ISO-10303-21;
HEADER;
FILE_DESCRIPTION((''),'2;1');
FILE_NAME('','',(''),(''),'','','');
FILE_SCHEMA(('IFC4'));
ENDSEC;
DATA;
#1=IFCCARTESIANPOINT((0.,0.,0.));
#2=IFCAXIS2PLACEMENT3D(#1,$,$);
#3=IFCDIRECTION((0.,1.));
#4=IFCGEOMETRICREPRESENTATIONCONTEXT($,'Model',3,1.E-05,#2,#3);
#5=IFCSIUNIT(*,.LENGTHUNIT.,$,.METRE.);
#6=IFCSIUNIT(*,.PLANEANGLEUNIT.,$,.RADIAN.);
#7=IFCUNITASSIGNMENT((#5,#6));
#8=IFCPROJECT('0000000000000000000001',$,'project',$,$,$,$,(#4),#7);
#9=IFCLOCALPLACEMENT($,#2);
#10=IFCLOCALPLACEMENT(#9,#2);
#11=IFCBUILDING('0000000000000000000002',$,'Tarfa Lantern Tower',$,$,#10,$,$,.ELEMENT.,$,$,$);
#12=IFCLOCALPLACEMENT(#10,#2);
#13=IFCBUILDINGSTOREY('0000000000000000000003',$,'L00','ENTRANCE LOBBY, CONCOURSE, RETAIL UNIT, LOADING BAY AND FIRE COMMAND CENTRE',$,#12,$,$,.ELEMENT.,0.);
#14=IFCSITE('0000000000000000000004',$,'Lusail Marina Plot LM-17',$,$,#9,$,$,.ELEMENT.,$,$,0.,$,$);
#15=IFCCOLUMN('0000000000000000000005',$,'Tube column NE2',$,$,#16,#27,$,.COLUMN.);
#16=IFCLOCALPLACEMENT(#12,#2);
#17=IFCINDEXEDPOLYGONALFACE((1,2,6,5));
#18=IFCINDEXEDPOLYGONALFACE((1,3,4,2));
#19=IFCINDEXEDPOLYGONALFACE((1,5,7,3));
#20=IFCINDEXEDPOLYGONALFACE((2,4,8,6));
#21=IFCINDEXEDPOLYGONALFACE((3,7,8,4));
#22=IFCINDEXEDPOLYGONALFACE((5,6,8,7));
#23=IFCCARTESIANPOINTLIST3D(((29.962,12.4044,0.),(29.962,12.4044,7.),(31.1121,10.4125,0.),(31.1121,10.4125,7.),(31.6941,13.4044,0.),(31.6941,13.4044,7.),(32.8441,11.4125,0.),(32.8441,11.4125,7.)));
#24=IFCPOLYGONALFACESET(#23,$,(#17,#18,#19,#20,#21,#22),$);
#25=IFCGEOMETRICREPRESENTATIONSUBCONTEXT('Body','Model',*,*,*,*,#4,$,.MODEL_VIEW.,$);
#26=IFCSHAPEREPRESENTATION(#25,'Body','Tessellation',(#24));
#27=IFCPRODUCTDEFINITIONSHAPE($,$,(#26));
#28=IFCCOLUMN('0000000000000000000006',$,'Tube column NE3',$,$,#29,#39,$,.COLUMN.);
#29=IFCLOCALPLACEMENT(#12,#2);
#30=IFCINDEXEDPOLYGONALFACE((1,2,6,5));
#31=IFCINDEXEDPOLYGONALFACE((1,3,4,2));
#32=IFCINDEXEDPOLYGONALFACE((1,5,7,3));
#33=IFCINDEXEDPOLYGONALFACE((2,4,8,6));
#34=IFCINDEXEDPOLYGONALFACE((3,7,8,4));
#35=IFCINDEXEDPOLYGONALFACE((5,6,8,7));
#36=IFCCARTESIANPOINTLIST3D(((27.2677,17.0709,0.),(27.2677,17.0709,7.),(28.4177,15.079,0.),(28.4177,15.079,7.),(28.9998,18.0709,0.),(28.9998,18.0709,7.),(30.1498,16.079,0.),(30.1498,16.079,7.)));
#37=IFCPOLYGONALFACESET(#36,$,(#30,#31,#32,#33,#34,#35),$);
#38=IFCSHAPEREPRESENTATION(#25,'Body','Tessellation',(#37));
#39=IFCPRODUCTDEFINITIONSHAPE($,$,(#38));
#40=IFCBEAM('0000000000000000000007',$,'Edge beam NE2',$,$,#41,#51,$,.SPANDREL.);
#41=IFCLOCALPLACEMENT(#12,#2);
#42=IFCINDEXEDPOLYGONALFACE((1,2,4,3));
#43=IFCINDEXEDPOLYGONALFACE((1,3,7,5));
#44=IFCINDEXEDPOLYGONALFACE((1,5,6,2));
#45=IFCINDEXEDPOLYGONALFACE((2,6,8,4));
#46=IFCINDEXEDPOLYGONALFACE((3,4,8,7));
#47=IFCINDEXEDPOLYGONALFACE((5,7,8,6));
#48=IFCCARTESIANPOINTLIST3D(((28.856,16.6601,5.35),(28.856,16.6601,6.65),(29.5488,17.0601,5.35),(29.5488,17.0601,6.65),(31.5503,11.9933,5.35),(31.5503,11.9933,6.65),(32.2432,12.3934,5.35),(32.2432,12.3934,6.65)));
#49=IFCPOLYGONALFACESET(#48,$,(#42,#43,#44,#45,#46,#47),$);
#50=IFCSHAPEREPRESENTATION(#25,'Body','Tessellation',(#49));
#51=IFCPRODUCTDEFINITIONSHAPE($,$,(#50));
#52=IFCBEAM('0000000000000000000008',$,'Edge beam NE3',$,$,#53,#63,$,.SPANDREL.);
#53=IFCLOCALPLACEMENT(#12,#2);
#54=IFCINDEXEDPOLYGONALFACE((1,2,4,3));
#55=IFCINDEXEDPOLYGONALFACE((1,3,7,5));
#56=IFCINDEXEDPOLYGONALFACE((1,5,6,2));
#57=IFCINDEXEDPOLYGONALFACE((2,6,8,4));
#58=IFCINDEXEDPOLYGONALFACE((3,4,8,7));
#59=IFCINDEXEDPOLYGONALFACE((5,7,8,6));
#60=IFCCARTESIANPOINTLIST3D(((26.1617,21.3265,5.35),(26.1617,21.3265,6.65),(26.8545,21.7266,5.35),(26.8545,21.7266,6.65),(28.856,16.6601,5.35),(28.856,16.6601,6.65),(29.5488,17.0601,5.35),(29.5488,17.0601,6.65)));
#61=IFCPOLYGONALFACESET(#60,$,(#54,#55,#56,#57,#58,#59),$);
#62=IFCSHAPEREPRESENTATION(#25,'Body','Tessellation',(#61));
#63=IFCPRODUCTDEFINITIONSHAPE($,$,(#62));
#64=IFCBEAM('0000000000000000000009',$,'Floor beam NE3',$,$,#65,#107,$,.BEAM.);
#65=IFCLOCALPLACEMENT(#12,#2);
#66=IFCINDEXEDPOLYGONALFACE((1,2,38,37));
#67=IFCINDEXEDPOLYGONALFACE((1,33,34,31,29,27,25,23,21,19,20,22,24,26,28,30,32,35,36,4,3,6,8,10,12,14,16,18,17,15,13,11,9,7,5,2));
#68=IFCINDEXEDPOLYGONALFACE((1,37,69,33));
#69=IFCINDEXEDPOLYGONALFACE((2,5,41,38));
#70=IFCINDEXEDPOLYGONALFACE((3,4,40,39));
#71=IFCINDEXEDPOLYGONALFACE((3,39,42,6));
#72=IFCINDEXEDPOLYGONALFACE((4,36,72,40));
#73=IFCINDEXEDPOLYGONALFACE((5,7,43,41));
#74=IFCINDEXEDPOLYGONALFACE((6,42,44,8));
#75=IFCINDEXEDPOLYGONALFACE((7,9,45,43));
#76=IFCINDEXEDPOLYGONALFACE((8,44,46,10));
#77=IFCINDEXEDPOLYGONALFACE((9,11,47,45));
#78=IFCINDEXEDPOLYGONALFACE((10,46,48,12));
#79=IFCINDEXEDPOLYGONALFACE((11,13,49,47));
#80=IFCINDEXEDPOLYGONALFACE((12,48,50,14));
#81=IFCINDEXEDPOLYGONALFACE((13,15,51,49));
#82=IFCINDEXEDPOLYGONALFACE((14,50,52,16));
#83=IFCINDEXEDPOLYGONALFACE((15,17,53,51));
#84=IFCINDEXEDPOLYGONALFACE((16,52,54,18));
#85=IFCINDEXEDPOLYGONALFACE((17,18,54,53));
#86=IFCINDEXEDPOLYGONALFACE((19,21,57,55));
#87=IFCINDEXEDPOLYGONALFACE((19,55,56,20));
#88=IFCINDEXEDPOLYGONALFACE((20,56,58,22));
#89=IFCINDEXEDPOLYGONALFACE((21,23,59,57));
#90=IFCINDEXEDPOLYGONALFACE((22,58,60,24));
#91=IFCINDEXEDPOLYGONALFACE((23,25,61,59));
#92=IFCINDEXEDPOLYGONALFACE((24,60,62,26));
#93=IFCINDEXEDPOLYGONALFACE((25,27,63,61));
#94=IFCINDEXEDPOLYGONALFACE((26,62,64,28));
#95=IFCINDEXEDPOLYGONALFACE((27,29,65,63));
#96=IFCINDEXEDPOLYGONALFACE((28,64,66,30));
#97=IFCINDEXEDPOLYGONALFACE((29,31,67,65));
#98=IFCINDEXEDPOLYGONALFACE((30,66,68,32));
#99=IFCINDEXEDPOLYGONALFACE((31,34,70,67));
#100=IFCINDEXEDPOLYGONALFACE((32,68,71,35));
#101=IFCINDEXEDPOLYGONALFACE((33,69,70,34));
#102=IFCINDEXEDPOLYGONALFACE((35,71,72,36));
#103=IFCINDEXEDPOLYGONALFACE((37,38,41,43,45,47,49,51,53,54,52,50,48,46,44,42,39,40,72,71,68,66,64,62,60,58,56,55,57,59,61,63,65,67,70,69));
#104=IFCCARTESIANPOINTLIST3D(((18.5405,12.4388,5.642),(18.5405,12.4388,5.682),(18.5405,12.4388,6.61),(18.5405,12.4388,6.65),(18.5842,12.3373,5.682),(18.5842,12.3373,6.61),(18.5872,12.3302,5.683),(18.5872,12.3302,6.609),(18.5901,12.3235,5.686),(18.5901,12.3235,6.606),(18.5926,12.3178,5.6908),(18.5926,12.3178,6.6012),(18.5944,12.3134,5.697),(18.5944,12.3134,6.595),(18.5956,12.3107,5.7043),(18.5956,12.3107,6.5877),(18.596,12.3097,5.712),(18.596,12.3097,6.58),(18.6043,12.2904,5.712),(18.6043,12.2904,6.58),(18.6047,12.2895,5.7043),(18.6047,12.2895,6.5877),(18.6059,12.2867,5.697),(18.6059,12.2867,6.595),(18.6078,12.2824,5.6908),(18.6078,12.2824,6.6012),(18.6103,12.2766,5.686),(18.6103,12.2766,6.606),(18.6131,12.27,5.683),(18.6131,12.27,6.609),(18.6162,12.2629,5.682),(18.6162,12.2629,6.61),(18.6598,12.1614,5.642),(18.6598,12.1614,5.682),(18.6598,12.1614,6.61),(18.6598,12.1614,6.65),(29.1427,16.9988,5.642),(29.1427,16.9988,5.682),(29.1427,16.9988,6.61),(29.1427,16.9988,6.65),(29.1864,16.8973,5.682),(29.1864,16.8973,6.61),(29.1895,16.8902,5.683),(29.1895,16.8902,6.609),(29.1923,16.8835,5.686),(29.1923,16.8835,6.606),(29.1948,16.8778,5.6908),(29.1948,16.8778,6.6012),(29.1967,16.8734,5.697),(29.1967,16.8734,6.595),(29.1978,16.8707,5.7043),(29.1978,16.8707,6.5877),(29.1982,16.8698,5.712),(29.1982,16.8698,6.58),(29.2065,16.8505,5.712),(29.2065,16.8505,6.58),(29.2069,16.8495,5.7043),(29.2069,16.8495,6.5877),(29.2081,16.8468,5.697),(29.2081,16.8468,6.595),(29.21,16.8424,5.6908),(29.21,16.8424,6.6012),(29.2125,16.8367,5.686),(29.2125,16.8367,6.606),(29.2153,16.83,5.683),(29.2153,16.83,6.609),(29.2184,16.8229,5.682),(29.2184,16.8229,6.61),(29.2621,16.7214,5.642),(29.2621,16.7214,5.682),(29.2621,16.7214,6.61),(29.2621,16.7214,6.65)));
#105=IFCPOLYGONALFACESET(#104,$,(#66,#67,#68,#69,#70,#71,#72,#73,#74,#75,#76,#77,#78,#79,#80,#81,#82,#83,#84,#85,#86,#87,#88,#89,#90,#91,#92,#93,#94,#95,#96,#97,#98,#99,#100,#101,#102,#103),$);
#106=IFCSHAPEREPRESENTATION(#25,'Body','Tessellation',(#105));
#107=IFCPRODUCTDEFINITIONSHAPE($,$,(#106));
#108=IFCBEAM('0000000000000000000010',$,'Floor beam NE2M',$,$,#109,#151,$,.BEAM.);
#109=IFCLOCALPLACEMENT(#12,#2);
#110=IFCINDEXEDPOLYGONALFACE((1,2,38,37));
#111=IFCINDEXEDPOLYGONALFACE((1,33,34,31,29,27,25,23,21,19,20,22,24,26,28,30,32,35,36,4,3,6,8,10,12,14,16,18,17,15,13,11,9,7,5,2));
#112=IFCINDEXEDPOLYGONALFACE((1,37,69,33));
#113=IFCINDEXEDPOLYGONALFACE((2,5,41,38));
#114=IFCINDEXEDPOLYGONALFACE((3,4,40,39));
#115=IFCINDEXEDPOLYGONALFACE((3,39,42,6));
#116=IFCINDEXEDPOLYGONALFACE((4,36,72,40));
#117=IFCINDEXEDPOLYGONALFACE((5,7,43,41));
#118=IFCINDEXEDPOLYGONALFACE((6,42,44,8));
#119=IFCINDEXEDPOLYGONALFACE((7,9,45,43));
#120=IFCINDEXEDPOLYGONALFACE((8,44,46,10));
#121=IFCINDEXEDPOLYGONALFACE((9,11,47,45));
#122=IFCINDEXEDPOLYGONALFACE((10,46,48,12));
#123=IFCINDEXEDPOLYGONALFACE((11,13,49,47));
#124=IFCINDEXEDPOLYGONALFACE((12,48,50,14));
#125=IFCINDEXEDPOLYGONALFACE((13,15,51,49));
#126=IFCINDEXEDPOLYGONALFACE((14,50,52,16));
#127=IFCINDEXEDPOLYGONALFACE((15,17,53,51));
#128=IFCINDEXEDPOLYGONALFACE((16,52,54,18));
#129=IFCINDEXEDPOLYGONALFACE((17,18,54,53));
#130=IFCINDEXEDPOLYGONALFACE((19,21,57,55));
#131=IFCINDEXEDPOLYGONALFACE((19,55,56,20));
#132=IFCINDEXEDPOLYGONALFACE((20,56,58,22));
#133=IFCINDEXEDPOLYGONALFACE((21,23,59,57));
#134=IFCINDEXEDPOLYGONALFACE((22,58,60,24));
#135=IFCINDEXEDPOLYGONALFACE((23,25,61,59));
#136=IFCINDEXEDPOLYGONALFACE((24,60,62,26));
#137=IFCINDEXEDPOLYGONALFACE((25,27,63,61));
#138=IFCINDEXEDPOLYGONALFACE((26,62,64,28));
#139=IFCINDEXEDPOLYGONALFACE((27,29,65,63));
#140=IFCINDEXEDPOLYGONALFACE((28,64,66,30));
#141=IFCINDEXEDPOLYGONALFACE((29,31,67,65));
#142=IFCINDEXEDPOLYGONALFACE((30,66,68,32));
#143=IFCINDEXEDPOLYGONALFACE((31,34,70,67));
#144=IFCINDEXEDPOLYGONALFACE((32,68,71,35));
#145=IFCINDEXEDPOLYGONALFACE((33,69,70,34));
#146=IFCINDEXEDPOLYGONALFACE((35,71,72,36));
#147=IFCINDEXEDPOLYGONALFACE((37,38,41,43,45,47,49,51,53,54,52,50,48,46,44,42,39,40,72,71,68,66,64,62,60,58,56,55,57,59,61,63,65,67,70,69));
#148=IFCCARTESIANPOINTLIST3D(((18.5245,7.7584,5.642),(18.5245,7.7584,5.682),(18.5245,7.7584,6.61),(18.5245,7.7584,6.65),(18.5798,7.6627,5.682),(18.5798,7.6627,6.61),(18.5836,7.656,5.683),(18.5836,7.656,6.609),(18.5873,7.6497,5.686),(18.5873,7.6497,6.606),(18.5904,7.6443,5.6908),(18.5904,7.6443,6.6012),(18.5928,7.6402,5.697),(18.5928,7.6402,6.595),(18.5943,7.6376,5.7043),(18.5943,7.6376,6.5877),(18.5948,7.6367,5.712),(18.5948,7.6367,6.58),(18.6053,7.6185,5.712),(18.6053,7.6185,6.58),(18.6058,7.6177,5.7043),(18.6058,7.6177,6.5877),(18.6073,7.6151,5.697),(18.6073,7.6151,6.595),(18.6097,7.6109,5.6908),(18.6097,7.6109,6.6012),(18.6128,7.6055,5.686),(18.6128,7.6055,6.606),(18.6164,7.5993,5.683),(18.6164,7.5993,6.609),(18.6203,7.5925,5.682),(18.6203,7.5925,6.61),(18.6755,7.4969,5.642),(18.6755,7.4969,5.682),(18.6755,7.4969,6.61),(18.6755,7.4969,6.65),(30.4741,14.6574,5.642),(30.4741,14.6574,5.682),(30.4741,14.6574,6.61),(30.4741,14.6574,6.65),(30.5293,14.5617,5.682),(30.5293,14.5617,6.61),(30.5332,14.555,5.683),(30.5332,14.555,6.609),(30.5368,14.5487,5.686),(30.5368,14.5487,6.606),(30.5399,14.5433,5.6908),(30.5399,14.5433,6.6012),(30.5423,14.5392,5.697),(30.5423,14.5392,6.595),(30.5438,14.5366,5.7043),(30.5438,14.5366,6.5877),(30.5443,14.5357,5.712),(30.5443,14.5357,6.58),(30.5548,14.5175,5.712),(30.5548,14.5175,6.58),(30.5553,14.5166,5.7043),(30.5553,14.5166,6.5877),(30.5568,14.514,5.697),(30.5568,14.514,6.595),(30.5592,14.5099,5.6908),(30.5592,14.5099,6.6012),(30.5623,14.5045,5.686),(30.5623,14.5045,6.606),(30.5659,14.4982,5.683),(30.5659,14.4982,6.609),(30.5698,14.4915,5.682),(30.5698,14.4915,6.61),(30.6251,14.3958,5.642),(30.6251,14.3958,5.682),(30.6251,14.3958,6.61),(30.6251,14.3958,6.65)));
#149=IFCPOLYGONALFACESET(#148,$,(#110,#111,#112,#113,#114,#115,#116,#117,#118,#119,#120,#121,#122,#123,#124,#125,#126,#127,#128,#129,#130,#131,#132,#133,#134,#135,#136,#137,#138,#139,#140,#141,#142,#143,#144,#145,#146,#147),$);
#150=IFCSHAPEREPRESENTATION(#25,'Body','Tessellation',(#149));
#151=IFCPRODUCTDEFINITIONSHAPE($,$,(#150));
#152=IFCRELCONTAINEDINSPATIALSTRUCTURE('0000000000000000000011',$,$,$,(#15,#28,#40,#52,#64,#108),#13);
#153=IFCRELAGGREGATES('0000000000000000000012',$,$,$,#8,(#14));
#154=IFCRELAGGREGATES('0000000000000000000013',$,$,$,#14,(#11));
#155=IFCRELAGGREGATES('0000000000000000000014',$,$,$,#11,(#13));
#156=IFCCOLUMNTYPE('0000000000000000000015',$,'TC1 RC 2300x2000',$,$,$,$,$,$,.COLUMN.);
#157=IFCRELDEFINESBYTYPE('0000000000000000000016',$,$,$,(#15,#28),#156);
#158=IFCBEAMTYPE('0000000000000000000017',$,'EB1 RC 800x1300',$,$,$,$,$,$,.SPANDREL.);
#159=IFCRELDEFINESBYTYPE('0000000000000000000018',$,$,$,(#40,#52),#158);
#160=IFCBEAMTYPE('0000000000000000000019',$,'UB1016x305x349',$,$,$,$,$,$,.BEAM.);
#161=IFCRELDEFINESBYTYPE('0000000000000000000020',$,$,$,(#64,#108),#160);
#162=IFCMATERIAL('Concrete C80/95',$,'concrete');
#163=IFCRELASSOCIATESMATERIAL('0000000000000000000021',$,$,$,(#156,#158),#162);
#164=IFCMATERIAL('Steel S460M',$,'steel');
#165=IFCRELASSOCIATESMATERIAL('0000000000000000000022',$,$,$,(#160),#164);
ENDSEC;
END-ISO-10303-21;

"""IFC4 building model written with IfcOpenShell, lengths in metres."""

from ifc_helpers import new_model, si_unit, direction, frame, origin, origin_2d, place, context, subcontext, project, spatial, rectangle, i_section, extrude, material, material_profile, profile_set, type_object, element, save


model = new_model("IFC4")

# Units and contexts
model_context = context("Model", 3, precision=1e-05, world=origin(), true_north=direction((0.0, 1.0)))
body_context = subcontext(model_context, "Body", "Model", "MODEL_VIEW")
ifc_project = project(units=[si_unit("LENGTHUNIT", "METRE"), si_unit("PLANEANGLEUNIT", "RADIAN")], contexts=[model_context])

# Site, building, storey
site_placement = place(None, origin())
site = spatial("IfcSite", under=ifc_project, at=site_placement, Name="Lusail Marina Plot LM-17", CompositionType="ELEMENT", RefElevation=0.0)
building_placement = place(site_placement, origin())
building = spatial("IfcBuilding", under=site, at=building_placement, Name="Tarfa Lantern Tower", CompositionType="ELEMENT")
storey_placement = place(building_placement, origin())
storey = spatial("IfcBuildingStorey", under=building, at=storey_placement, Name="L00", Description="ENTRANCE LOBBY, CONCOURSE, RETAIL UNIT, LOADING BAY AND FIRE COMMAND CENTRE", CompositionType="ELEMENT", Elevation=0.0)

# Columns
ifc_material_1 = material(Name="Concrete C80/95", Category="concrete")
ifc_material_profile_1 = material_profile(ifc_material_1, rectangle(XDim=2.3, YDim=2.0, at=origin_2d()), Name="RC 2300x2000")
ifc_profile_set_1 = profile_set([ifc_material_profile_1], Name="Concrete C80/95")
column_type = type_object("IfcColumnType", Name="TC1 RC 2300x2000", PredefinedType="COLUMN", material=ifc_profile_set_1)
for number, where, z_axis, x_axis, name in (
    (1, (31.4031, 11.9084, 0.0), (0.0, 0.0, 1.0), (-0.5, 0.866025, 0.0), "Tube column NE2"),
    (2, (28.7087, 16.575, 0.0), (0.0, 0.0, 1.0), (-0.5, 0.866025, 0.0), "Tube column NE3"),
):
    element("IfcColumn", number, at=place(storey_placement, frame(where, z_axis=z_axis, x_axis=x_axis)), inside=storey, type_object=column_type, Name=name, PredefinedType="COLUMN", context=body_context, shape_type="SweptSolid", body=[
        extrude(rectangle(XDim=2.3, YDim=2.0, at=origin_2d()), origin(), (0.0, 0.0, 1.0), 7.0),
    ])

# Beams
ifc_material_profile_2 = material_profile(ifc_material_1, rectangle(XDim=0.8, YDim=1.3, at=origin_2d()), Name="RC 800x1300")
ifc_profile_set_2 = profile_set([ifc_material_profile_2], Name="Concrete C80/95")
beam_type_1 = type_object("IfcBeamType", Name="EB1 RC 800x1300", PredefinedType="SPANDREL", material=ifc_profile_set_2)
beam_1_placement = place(storey_placement, frame((31.8967, 12.1934, 6.0), z_axis=(-0.499998, 0.866026, 0.0), x_axis=(-0.866026, -0.499998, 0.0)))
element("IfcBeam", 3, at=beam_1_placement, inside=storey, type_object=beam_type_1, Name="Edge beam NE2", PredefinedType="SPANDREL", context=body_context, shape_type="SweptSolid", body=[
    extrude(rectangle(XDim=0.8, YDim=1.3, at=origin_2d()), origin(), (0.0, 0.0, 1.0), 5.3887),
])
beam_2_placement = place(storey_placement, frame((29.2024, 16.8601, 6.0), z_axis=(-0.500018, 0.866015, 0.0), x_axis=(-0.866015, -0.500018, 0.0)))
element("IfcBeam", 4, at=beam_2_placement, inside=storey, type_object=beam_type_1, Name="Edge beam NE3", PredefinedType="SPANDREL", context=body_context, shape_type="SweptSolid", body=[
    extrude(rectangle(XDim=0.8, YDim=1.3, at=origin_2d()), origin(), (0.0, 0.0, 1.0), 5.3884),
])
ifc_material_2 = material(Name="Steel S460M", Category="steel")
ifc_material_profile_3 = material_profile(ifc_material_2, i_section(OverallWidth=0.302, OverallDepth=1.0081, WebThickness=0.021, FlangeThickness=0.04, FilletRadius=0.03, at=origin_2d()), Name="UB1016x305x349")
ifc_profile_set_3 = profile_set([ifc_material_profile_3], Name="Steel S460M")
beam_type_2 = type_object("IfcBeamType", Name="UB1016x305x349", PredefinedType="BEAM", material=ifc_profile_set_3)
beam_3_placement = place(storey_placement, frame((29.2024, 16.8601, 6.146), z_axis=(-0.918635, -0.395106, 0.0), x_axis=(0.395106, -0.918635, 0.0)))
element("IfcBeam", 5, at=beam_3_placement, inside=storey, type_object=beam_type_2, Name="Floor beam NE3", PredefinedType="BEAM", context=body_context, shape_type="SweptSolid", body=[
    extrude(i_section(OverallWidth=0.302, OverallDepth=1.0081, WebThickness=0.021, FlangeThickness=0.04, FilletRadius=0.03, at=origin_2d()), origin(), (0.0, 0.0, 1.0), 11.5413),
])
beam_4_placement = place(storey_placement, frame((30.5496, 14.5266, 6.146), z_axis=(-0.866029, -0.499995, 0.0), x_axis=(0.499995, -0.866029, 0.0)))
element("IfcBeam", 6, at=beam_4_placement, inside=storey, type_object=beam_type_2, Name="Floor beam NE2M", PredefinedType="BEAM", context=body_context, shape_type="SweptSolid", body=[
    extrude(i_section(OverallWidth=0.302, OverallDepth=1.0081, WebThickness=0.021, FlangeThickness=0.04, FilletRadius=0.03, at=origin_2d()), origin(), (0.0, 0.0, 1.0), 13.7981),
])

save(model, "model.ifc")
